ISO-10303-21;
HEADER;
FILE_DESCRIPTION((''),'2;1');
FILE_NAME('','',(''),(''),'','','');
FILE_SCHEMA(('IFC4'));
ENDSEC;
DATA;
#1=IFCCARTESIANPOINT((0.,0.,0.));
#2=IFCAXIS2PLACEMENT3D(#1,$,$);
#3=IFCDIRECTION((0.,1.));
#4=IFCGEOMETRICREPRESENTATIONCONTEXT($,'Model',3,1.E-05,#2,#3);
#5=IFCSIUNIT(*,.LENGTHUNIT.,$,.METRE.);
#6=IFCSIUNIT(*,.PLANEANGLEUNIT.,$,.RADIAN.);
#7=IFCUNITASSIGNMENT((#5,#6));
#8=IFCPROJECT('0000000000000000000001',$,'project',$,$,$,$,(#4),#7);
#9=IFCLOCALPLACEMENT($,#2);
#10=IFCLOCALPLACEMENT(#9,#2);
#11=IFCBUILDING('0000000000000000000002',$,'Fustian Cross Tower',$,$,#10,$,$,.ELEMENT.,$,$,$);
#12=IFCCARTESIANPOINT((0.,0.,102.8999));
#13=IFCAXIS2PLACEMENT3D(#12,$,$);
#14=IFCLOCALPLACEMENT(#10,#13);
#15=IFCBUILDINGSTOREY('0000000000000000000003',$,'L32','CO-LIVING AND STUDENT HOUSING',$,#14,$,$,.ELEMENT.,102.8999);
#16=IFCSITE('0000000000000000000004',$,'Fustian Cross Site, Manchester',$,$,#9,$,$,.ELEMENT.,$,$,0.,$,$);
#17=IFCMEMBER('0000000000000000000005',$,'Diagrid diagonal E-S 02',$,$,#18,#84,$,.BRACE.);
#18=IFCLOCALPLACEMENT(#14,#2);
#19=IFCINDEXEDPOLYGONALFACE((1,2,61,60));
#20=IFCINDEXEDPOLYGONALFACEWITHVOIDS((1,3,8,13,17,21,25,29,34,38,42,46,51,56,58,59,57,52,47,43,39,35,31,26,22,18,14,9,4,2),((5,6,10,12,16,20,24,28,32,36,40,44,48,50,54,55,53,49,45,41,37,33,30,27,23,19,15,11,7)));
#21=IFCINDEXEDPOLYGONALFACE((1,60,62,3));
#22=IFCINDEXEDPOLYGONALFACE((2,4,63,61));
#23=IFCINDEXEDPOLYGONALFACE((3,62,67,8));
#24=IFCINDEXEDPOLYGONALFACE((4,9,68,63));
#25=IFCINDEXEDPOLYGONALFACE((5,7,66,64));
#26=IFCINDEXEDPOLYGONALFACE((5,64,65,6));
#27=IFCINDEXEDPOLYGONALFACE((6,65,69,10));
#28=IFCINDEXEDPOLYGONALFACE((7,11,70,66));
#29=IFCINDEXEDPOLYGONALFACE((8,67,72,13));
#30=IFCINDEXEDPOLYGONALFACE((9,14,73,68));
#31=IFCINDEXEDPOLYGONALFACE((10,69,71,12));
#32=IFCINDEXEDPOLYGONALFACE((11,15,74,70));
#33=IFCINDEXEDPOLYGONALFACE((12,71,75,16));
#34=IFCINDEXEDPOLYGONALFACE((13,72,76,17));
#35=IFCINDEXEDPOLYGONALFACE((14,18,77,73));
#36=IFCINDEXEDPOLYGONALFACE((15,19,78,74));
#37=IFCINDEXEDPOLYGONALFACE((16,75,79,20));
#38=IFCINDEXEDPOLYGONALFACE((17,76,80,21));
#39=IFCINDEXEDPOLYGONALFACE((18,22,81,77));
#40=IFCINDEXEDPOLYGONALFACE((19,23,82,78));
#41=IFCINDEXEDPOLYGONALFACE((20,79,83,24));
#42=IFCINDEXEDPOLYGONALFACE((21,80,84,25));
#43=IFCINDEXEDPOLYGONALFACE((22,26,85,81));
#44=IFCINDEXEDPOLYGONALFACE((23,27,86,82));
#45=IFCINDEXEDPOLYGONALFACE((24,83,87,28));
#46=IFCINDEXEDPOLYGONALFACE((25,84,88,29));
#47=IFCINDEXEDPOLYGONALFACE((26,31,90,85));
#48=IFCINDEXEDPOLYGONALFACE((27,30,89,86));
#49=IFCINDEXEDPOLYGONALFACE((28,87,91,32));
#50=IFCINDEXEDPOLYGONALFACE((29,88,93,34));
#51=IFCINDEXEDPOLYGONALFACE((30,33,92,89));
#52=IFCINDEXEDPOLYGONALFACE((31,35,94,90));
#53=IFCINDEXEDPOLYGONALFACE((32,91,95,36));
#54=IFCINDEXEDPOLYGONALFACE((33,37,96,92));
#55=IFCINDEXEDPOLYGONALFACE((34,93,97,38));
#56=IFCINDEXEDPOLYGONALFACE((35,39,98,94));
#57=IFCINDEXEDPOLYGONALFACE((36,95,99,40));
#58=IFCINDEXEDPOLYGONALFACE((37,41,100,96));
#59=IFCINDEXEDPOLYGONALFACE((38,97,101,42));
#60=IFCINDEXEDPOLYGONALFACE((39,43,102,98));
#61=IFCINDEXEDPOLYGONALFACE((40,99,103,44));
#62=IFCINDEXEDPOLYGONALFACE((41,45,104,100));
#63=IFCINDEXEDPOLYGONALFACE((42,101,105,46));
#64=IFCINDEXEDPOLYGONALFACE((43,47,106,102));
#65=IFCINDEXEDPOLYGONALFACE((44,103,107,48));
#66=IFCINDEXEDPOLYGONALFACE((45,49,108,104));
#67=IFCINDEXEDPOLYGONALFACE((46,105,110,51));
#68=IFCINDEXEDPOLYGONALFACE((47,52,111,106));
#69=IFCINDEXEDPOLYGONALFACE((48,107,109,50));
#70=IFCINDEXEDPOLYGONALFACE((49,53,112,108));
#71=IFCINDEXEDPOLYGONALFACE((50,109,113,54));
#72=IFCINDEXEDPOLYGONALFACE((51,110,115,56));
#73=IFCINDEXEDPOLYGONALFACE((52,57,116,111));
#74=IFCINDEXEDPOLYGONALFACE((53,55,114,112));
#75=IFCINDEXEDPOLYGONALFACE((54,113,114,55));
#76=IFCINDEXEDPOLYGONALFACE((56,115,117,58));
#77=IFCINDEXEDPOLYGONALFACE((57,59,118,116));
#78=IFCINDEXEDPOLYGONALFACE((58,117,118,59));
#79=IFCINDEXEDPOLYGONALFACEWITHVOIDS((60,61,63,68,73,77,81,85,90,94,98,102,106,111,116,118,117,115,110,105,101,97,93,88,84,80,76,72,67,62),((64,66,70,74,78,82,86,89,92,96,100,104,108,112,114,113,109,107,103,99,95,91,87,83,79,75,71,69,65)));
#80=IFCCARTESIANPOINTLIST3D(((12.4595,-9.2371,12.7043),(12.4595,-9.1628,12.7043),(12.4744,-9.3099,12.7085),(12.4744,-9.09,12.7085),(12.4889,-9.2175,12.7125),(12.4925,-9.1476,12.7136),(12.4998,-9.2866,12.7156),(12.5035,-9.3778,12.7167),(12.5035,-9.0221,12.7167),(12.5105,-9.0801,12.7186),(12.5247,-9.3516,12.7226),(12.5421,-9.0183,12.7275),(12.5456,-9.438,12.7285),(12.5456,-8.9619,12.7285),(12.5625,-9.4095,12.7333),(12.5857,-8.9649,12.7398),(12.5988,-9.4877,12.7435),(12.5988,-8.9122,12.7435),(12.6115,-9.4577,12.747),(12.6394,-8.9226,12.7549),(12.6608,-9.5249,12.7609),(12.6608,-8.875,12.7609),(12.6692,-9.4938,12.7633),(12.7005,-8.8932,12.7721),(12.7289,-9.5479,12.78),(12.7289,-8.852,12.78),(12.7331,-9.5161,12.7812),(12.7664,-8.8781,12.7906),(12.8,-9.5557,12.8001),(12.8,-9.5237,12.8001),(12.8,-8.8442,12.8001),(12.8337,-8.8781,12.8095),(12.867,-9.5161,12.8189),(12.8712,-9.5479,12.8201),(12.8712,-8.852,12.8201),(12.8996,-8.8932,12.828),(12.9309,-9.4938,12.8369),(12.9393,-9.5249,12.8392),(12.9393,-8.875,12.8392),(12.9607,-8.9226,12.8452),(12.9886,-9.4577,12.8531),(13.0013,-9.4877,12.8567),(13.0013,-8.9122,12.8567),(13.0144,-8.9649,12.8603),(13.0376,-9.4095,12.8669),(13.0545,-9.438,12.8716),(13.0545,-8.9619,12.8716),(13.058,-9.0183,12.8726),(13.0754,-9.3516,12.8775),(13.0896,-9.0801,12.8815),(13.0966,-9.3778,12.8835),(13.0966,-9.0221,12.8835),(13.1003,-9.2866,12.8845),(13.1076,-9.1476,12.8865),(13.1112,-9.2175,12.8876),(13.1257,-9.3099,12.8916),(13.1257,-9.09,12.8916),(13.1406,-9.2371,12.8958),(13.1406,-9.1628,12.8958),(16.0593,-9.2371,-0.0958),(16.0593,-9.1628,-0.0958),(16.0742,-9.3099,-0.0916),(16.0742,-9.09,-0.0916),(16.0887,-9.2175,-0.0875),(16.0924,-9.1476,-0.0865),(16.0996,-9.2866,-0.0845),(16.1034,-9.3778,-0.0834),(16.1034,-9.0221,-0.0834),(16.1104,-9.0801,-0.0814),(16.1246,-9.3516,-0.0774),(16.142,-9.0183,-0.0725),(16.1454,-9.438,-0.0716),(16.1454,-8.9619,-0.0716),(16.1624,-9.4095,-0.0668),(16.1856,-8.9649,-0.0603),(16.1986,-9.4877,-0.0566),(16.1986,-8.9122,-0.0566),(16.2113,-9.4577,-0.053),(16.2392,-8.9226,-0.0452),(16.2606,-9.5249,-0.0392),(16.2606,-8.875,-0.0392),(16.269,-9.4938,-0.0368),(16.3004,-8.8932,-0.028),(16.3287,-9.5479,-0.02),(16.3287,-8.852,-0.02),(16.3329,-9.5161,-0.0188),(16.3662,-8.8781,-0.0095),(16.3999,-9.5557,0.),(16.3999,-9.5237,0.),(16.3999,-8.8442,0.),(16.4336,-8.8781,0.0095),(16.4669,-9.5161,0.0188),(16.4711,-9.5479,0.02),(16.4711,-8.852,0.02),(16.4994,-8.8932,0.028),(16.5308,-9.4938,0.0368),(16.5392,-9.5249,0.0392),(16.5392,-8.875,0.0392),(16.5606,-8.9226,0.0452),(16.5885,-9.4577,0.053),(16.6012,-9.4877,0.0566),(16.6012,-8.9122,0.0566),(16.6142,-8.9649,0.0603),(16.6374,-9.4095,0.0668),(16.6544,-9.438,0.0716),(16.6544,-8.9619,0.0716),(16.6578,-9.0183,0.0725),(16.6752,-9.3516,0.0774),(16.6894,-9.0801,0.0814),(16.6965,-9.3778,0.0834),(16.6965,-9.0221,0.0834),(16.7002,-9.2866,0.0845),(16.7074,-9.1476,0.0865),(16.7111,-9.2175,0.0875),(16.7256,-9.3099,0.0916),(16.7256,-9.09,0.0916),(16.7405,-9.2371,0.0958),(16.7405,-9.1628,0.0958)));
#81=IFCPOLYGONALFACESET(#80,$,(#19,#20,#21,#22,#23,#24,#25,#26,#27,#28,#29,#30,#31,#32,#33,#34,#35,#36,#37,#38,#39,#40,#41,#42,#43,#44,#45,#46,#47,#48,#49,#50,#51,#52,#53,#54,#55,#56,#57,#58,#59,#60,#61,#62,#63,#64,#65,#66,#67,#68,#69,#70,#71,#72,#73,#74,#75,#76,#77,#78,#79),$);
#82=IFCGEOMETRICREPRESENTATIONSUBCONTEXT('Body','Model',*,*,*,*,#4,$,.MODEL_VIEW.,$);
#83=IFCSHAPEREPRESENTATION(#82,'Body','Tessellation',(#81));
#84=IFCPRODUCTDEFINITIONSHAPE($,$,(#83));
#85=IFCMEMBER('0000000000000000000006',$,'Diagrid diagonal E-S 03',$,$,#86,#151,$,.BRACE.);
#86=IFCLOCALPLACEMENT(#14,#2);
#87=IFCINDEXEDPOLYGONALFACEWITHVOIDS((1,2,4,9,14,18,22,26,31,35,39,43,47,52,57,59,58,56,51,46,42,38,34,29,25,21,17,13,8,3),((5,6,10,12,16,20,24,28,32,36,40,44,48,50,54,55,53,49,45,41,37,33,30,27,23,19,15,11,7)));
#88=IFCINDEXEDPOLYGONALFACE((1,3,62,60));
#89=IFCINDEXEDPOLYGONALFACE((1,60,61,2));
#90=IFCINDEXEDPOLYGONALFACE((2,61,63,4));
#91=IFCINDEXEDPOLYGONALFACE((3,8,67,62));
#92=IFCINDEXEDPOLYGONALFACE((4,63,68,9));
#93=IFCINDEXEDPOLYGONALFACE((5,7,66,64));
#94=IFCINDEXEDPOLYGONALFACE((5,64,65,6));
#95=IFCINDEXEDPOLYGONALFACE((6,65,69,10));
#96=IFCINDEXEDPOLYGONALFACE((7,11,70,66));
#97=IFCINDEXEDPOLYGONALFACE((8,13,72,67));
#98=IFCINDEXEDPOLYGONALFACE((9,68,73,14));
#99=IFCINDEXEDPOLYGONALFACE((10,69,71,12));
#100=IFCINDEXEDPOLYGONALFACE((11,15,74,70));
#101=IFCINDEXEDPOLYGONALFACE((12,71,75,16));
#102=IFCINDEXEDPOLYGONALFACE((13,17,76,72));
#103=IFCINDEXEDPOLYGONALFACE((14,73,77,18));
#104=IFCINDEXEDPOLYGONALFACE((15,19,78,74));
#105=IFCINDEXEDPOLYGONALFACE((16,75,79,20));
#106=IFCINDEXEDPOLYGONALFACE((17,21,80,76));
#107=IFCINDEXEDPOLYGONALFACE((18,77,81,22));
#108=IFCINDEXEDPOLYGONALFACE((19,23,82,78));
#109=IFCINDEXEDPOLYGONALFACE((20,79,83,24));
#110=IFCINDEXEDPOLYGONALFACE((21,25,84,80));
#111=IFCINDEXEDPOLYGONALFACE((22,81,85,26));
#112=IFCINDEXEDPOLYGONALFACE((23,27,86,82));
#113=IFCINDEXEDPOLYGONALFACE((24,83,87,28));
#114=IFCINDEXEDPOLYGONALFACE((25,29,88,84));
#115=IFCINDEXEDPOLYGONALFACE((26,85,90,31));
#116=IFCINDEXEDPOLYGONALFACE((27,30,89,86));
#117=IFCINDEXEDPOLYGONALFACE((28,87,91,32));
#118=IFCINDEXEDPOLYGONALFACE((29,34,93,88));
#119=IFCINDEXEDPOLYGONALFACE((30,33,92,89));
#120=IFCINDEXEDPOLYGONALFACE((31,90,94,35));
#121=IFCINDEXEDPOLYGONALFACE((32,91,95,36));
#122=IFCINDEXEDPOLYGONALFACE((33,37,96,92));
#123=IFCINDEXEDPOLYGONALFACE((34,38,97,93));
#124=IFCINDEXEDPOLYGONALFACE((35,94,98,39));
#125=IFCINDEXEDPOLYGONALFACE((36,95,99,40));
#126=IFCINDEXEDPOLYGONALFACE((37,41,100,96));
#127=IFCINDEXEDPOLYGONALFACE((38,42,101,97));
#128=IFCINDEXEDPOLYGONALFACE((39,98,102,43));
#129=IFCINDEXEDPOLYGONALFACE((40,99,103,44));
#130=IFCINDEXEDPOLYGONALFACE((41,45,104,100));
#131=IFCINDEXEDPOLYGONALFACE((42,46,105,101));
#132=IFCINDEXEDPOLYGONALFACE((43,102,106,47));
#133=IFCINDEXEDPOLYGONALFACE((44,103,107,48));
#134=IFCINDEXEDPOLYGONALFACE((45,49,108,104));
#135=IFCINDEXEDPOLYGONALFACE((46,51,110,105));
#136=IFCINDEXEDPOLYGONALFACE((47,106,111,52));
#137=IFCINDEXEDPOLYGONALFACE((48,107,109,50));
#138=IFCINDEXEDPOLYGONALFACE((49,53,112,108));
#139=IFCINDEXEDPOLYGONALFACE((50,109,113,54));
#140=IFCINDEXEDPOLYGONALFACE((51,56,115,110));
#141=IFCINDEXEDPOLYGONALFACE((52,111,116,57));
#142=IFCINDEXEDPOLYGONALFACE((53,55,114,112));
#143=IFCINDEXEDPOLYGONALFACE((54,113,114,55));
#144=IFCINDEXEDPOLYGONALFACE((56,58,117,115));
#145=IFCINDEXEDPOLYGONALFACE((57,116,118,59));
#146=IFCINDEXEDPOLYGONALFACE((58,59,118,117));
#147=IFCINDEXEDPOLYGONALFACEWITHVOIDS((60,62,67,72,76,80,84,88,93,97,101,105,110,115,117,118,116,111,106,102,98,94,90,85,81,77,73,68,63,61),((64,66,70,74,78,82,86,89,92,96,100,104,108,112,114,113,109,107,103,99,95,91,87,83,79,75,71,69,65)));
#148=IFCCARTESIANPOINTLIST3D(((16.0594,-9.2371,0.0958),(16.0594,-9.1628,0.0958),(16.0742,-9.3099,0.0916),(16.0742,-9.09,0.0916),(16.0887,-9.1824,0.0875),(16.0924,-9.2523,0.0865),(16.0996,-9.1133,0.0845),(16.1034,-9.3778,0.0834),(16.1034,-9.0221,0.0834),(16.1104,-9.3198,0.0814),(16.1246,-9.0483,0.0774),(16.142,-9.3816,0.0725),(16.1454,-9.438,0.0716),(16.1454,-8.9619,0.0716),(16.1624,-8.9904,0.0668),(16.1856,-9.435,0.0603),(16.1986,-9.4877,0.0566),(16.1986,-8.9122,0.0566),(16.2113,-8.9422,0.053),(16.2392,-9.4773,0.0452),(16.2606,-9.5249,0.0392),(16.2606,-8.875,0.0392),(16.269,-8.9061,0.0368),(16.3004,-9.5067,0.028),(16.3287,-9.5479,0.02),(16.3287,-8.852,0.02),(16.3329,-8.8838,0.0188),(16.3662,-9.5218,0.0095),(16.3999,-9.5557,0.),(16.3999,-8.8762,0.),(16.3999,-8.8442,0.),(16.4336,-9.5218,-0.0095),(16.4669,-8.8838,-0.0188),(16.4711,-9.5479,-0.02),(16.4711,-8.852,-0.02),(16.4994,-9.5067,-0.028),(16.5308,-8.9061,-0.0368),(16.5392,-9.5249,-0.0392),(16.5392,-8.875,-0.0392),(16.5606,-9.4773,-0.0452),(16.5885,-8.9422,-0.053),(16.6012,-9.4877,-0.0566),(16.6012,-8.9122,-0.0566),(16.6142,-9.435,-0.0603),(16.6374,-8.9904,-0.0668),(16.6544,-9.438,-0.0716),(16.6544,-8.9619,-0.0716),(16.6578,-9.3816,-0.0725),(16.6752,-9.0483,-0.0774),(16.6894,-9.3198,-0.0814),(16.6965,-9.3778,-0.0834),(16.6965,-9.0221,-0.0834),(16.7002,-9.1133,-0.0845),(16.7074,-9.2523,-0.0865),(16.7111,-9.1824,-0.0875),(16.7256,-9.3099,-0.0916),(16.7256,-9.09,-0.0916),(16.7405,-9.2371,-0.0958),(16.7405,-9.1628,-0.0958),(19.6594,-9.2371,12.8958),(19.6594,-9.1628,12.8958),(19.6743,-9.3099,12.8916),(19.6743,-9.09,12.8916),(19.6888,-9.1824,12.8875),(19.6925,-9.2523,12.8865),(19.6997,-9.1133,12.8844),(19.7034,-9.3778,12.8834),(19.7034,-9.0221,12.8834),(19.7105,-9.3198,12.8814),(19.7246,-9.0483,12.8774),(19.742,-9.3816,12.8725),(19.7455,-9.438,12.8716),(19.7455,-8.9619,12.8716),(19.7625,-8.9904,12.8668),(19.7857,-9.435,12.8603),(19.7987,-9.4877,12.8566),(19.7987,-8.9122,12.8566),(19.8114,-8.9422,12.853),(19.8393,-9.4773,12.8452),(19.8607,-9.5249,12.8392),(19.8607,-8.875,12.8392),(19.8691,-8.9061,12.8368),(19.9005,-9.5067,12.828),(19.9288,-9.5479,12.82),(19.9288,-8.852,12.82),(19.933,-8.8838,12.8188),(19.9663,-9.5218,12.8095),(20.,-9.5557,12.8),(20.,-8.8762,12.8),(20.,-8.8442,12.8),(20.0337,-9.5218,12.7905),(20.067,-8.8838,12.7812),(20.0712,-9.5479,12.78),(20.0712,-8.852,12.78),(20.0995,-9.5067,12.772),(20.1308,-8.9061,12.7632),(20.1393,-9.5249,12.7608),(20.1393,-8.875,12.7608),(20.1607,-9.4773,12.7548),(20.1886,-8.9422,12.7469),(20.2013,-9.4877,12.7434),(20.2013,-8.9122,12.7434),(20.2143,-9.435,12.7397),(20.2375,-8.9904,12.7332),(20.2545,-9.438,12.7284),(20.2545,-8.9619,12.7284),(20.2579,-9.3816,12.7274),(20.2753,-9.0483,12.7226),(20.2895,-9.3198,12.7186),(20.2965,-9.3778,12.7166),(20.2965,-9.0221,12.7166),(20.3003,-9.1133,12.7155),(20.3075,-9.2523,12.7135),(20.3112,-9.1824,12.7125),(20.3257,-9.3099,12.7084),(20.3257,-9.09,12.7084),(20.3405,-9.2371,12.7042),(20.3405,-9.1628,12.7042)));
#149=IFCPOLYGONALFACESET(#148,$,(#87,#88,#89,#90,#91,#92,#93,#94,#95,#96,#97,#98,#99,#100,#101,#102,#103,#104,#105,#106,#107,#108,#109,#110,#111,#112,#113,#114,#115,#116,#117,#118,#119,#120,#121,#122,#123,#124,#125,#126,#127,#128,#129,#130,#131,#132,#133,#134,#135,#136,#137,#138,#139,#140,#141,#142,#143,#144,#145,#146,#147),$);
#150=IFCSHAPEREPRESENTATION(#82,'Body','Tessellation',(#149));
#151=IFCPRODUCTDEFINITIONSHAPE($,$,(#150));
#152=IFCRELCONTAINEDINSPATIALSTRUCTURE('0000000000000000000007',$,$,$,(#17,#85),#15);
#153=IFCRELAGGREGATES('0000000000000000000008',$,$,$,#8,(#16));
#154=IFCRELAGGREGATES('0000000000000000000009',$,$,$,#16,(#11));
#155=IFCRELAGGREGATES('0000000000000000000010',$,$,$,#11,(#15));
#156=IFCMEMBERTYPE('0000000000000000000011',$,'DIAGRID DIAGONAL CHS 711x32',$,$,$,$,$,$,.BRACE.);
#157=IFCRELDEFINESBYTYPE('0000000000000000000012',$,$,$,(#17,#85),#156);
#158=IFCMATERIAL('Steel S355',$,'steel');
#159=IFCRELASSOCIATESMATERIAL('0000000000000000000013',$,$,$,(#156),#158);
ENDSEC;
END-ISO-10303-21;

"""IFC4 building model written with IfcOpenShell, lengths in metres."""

from ifc_helpers import new_model, si_unit, direction, frame, origin, origin_2d, place, context, subcontext, project, spatial, hollow_circle, extrude, material, material_profile, profile_set, type_object, element, save


model = new_model("IFC4")

# Units and contexts
model_context = context("Model", 3, precision=1e-05, world=origin(), true_north=direction((0.0, 1.0)))
body_context = subcontext(model_context, "Body", "Model", "MODEL_VIEW")
ifc_project = project(units=[si_unit("LENGTHUNIT", "METRE"), si_unit("PLANEANGLEUNIT", "RADIAN")], contexts=[model_context])

# Site, building, storey
site_placement = place(None, origin())
site = spatial("IfcSite", under=ifc_project, at=site_placement, Name="Fustian Cross Site, Manchester", CompositionType="ELEMENT", RefElevation=0.0)
building_placement = place(site_placement, origin())
building = spatial("IfcBuilding", under=site, at=building_placement, Name="Fustian Cross Tower", CompositionType="ELEMENT")
storey_placement = place(building_placement, frame((0.0, 0.0, 102.8999)))
storey = spatial("IfcBuildingStorey", under=building, at=storey_placement, Name="L32", Description="CO-LIVING AND STUDENT HOUSING", CompositionType="ELEMENT", Elevation=102.8999)

# Members
ifc_material_1 = material(Name="Steel S355", Category="steel")
ifc_material_profile_1 = material_profile(ifc_material_1, hollow_circle(Radius=0.3557, WallThickness=0.032, at=origin_2d()), Name="CHS 711x32")
ifc_profile_set_1 = profile_set([ifc_material_profile_1], Name="Steel S355")
member_type_1 = type_object("IfcMemberType", Name="DIAGRID DIAGONAL CHS 711x32", PredefinedType="BRACE", material=ifc_profile_set_1)
for number, where, z_axis, x_axis, name in (
    (1, (16.3999, -9.2, 0.0), (-0.270734, 0.0, 0.962654), (0.0, -1.0, 0.0), "Diagrid diagonal E-S 02"),
    (2, (16.3999, -9.2, 0.0), (0.270751, 0.0, 0.962649), (0.0, 1.0, 0.0), "Diagrid diagonal E-S 03"),
):
    element("IfcMember", number, at=place(storey_placement, frame(where, z_axis=z_axis, x_axis=x_axis)), inside=storey, type_object=member_type_1, Name=name, PredefinedType="BRACE", context=body_context, shape_type="SweptSolid", body=[
        extrude(hollow_circle(Radius=0.3557, WallThickness=0.032, at=origin_2d()), origin(), (0.0, 0.0, 1.0), 13.2966),
    ])

save(model, "model.ifc")
